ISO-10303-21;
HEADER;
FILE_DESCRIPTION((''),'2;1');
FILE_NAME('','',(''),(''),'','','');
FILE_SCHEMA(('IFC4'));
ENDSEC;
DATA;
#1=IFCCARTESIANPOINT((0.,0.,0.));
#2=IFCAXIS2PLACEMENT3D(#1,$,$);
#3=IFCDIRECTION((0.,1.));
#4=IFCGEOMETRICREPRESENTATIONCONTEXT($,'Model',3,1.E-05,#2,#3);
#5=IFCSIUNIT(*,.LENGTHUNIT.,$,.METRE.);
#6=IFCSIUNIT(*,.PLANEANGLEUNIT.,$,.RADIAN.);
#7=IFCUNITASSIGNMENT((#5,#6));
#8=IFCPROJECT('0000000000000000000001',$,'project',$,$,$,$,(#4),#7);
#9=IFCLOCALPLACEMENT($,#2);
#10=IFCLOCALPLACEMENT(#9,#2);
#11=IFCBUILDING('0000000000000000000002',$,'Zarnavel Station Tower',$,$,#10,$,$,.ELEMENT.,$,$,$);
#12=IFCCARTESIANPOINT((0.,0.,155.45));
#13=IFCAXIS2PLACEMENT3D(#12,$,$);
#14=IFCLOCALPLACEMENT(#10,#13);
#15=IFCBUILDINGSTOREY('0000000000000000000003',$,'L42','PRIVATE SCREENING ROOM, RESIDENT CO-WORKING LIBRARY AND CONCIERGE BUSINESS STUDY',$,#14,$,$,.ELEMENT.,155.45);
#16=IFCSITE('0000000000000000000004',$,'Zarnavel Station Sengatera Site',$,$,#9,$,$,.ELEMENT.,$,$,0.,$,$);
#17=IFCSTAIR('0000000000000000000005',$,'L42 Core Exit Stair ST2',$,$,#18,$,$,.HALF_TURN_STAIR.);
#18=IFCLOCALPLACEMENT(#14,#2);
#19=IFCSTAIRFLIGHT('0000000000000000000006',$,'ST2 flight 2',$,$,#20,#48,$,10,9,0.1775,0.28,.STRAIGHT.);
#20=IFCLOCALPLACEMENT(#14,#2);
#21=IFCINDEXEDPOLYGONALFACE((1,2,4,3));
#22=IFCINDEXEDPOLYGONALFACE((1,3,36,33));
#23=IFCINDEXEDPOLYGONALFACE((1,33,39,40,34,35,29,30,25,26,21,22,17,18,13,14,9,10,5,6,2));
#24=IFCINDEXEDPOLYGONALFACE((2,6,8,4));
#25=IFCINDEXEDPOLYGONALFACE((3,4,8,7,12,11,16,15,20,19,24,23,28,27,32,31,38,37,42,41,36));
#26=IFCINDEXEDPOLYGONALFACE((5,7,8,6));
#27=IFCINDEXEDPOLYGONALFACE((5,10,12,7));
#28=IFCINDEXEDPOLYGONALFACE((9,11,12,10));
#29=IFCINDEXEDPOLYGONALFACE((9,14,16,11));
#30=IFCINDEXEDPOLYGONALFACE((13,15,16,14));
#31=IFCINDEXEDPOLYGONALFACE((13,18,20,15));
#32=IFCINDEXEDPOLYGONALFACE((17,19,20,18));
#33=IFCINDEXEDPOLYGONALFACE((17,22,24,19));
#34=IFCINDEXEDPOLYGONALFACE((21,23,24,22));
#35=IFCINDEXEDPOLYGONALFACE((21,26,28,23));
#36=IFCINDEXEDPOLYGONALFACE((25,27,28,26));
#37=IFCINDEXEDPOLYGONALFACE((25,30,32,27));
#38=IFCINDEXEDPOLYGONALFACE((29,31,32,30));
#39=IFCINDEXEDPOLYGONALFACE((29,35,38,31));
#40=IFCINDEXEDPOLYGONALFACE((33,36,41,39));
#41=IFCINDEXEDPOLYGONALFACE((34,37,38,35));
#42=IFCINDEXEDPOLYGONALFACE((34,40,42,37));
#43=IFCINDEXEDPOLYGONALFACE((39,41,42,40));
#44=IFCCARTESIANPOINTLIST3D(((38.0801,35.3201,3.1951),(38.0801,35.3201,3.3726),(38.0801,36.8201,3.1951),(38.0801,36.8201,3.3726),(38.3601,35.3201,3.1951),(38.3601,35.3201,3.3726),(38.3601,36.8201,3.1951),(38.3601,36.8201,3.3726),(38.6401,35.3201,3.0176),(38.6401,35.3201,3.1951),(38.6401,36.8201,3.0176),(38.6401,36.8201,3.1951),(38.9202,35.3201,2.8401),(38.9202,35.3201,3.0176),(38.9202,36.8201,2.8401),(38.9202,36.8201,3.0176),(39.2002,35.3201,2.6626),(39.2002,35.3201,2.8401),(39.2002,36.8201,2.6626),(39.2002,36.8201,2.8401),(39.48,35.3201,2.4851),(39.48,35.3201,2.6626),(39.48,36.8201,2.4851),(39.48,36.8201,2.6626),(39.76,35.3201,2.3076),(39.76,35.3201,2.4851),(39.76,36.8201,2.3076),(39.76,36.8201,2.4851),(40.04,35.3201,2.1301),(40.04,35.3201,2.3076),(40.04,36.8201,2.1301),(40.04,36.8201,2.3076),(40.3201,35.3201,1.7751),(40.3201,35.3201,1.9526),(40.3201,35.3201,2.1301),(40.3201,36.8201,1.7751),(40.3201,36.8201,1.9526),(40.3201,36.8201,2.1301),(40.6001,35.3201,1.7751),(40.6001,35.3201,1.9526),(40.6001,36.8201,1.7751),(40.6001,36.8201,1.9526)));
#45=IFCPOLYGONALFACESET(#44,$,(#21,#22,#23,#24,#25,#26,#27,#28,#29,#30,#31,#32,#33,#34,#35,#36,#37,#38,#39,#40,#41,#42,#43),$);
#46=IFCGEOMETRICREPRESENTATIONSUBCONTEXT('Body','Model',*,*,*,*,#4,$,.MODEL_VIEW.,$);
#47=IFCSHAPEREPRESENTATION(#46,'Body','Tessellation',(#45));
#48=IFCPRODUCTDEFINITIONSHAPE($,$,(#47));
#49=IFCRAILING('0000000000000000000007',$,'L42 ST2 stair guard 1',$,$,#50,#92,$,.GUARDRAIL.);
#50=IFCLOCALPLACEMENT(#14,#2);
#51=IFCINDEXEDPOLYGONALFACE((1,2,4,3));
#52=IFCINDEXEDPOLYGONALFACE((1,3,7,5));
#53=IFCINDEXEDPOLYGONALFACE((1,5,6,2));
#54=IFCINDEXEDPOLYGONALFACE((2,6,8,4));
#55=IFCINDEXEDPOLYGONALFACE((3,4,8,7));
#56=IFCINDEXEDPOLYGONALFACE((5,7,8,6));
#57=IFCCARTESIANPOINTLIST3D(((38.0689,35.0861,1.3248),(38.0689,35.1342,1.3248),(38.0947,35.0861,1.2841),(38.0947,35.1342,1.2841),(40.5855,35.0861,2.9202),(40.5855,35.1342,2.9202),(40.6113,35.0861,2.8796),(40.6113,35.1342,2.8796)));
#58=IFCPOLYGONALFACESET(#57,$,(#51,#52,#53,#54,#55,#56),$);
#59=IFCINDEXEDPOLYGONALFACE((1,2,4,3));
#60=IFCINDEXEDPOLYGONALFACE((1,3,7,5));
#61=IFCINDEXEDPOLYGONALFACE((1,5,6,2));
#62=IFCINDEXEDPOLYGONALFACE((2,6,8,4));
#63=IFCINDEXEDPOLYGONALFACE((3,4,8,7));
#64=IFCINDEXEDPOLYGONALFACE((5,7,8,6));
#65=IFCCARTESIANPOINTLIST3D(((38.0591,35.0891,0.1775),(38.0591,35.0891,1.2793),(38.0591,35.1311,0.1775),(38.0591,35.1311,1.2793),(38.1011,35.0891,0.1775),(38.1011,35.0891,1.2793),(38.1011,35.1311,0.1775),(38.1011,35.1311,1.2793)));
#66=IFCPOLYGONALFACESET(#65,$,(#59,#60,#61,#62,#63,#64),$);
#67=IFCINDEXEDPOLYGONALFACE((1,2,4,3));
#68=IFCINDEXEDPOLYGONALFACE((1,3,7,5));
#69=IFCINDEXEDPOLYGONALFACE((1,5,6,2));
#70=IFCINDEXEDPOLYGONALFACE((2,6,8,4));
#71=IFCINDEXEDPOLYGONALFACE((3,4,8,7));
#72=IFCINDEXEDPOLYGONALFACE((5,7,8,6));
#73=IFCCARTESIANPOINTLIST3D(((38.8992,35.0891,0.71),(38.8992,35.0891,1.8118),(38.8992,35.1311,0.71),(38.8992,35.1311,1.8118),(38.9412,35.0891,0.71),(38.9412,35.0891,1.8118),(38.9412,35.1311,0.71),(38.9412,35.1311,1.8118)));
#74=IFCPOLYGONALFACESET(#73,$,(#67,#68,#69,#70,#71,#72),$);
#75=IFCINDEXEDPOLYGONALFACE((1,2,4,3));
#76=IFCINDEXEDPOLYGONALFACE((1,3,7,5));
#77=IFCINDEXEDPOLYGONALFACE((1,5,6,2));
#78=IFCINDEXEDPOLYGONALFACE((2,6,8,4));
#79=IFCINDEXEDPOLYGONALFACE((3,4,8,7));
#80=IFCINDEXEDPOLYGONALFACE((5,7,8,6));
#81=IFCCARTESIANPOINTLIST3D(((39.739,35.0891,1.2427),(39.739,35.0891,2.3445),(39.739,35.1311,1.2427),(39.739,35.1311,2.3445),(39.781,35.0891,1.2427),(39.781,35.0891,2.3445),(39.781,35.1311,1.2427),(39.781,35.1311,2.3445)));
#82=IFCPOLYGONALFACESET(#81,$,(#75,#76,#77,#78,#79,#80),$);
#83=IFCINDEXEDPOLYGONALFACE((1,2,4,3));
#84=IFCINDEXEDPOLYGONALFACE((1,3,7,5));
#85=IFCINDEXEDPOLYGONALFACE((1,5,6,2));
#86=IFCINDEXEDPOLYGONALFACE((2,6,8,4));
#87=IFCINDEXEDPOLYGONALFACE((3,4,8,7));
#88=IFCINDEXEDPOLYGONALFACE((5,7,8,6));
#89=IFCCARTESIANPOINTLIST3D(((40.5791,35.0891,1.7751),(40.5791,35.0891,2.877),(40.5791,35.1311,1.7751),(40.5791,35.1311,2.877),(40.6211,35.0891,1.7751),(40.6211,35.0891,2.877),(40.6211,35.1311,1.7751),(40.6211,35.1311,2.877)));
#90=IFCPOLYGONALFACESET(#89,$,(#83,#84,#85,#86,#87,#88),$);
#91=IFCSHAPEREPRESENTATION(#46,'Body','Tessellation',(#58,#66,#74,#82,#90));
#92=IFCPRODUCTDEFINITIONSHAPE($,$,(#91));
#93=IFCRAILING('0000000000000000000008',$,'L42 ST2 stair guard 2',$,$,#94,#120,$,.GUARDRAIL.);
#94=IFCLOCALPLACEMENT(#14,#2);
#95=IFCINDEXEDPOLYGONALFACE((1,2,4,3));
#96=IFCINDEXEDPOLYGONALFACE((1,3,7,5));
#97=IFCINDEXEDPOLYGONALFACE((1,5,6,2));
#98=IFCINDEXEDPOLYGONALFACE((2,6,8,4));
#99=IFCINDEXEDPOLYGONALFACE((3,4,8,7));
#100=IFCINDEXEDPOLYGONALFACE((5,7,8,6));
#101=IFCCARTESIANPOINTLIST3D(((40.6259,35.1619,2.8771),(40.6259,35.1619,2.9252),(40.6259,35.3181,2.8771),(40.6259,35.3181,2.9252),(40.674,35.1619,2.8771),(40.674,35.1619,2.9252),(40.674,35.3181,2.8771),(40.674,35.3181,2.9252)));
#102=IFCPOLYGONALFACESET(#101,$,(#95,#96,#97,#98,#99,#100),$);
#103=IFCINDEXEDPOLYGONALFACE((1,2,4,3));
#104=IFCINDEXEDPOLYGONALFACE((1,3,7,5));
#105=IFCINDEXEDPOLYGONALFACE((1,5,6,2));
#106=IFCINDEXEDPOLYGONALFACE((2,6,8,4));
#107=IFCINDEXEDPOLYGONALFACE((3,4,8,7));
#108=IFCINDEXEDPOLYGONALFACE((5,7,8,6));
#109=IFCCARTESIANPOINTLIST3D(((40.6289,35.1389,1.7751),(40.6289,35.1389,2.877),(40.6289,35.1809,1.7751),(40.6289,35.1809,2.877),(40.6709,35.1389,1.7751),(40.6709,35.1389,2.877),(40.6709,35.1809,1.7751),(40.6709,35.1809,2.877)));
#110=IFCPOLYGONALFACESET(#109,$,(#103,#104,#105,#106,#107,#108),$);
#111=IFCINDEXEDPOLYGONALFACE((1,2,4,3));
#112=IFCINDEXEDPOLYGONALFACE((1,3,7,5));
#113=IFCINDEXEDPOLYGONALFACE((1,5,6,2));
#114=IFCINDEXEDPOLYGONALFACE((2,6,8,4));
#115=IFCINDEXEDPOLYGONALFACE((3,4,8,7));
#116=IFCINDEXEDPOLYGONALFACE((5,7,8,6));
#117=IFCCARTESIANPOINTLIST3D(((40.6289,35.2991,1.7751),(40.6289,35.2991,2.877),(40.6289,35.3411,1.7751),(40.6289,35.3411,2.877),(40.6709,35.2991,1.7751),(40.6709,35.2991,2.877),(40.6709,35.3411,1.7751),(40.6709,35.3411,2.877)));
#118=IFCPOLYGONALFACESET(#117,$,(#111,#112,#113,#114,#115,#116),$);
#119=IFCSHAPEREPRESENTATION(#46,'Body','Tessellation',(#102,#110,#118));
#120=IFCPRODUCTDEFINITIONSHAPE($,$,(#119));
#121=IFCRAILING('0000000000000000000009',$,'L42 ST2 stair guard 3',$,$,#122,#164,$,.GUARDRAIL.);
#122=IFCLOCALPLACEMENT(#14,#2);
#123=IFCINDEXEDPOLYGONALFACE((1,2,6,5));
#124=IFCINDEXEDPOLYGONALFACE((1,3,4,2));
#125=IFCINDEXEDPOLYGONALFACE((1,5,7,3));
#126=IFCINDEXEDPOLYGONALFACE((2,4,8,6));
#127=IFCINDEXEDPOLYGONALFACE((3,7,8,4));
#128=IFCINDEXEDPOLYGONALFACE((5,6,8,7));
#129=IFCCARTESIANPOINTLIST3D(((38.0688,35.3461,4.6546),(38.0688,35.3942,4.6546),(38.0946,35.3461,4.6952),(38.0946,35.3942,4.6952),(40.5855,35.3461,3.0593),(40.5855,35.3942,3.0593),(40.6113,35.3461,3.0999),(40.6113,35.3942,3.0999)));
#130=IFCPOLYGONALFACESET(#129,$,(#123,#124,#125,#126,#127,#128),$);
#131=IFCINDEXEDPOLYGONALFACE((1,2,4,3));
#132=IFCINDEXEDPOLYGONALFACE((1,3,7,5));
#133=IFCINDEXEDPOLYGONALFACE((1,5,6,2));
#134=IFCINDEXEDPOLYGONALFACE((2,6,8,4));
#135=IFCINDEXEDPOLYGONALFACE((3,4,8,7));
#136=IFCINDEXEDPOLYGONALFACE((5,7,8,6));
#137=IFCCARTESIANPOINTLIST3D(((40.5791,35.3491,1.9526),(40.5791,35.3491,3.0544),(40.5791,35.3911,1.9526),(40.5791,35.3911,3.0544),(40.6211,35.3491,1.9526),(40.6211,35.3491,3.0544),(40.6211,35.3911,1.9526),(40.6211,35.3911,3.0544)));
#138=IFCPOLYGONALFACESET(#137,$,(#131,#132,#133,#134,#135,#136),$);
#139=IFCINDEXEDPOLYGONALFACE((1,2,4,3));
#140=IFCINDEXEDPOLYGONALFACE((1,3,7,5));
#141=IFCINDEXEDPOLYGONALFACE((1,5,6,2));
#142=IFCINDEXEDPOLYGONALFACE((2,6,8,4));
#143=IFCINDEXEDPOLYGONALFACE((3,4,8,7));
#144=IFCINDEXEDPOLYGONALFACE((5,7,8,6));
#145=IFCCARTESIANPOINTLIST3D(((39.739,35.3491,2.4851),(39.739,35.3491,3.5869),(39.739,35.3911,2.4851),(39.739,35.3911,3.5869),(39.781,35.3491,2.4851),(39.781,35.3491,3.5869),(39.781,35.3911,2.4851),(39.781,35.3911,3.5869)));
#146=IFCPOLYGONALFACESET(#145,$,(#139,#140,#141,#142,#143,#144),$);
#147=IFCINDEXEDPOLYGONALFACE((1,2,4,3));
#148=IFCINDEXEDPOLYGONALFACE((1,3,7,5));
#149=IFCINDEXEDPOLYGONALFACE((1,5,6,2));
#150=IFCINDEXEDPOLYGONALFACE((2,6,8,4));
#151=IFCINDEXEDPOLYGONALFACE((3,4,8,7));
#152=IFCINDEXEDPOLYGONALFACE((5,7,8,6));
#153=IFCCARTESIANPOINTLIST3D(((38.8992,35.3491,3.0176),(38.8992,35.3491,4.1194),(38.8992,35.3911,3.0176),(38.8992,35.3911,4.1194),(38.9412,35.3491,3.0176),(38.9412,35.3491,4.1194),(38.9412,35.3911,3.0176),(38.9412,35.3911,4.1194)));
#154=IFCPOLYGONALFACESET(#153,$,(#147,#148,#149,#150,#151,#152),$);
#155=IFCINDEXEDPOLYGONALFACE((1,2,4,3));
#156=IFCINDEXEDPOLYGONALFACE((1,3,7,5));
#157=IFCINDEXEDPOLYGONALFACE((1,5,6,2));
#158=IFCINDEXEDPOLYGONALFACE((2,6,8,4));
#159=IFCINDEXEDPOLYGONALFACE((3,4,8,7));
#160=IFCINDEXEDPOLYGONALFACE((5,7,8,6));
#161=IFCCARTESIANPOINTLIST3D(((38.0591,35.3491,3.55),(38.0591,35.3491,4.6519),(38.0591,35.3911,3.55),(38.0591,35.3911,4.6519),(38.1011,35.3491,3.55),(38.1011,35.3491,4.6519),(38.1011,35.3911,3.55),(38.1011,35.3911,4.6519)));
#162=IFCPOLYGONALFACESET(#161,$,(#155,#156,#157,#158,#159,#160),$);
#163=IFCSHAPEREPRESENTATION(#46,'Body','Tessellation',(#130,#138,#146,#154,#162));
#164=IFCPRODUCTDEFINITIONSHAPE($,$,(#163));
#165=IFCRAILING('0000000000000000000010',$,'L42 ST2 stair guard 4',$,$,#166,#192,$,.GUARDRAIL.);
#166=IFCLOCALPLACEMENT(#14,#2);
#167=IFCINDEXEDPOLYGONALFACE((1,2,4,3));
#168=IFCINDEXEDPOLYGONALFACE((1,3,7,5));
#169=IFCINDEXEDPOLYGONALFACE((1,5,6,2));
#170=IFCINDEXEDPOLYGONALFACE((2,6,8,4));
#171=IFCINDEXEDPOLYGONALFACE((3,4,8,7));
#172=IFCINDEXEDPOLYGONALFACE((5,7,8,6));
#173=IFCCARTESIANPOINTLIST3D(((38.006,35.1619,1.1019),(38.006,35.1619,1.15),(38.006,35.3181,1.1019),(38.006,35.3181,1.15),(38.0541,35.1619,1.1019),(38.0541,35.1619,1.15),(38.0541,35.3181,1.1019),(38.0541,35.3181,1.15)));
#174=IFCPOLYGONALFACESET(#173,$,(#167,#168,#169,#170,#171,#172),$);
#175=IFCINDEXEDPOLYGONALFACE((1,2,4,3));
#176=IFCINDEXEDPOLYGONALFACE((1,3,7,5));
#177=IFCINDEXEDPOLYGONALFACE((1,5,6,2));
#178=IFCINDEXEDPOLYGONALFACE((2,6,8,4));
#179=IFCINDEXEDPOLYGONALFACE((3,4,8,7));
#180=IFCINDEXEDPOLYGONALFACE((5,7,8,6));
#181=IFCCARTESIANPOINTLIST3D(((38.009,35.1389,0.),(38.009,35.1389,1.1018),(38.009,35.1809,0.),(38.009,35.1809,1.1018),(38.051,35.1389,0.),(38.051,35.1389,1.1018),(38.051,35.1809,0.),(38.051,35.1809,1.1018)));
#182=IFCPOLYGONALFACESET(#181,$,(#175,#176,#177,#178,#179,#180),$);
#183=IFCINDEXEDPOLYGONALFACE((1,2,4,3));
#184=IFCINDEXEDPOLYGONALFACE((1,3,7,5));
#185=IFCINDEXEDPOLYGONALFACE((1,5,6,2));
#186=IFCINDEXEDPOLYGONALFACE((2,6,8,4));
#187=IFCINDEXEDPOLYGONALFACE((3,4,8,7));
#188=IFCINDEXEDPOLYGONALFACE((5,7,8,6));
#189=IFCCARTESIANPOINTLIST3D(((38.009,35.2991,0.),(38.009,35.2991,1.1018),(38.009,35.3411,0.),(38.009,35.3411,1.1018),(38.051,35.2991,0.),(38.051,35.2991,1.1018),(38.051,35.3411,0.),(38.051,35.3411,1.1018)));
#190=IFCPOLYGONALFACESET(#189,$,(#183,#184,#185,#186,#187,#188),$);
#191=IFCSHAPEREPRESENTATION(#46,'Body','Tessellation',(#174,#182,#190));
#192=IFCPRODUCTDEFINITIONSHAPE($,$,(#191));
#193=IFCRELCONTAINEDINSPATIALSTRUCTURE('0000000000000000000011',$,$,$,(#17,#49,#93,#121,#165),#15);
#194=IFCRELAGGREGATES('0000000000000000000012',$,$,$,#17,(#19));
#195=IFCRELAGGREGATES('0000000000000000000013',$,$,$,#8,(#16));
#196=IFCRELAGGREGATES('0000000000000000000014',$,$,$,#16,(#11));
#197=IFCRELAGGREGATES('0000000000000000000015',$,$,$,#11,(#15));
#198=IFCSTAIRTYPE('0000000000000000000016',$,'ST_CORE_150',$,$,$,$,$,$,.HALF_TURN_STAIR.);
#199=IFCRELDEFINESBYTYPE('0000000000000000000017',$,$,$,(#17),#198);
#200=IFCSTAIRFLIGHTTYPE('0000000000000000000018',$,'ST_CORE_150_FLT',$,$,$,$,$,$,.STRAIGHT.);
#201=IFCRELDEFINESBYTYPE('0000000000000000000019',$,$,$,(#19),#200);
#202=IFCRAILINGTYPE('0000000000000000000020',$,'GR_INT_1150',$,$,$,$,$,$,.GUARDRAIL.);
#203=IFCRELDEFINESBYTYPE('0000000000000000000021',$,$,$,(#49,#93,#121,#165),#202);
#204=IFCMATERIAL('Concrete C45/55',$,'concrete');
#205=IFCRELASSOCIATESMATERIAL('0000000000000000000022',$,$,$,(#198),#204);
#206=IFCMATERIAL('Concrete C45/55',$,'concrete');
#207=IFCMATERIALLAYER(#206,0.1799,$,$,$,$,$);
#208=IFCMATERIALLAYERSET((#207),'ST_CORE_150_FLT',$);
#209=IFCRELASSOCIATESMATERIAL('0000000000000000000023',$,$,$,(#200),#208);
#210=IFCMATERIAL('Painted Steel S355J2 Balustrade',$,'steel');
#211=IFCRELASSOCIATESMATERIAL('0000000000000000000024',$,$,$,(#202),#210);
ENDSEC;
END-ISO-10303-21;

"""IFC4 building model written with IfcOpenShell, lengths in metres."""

from ifc_helpers import new_model, si_unit, direction, frame, origin, origin_2d, place, context, subcontext, project, spatial, polyline, rectangle, outline, extrude, material, layer, layer_set, type_object, element, aggregate, save


model = new_model("IFC4")

# Units and contexts
model_context = context("Model", 3, precision=1e-05, world=origin(), true_north=direction((0.0, 1.0)))
body_context = subcontext(model_context, "Body", "Model", "MODEL_VIEW")
ifc_project = project(units=[si_unit("LENGTHUNIT", "METRE"), si_unit("PLANEANGLEUNIT", "RADIAN")], contexts=[model_context])

# Site, building, storey
site_placement = place(None, origin())
site = spatial("IfcSite", under=ifc_project, at=site_placement, Name="Zarnavel Station Sengatera Site", CompositionType="ELEMENT", RefElevation=0.0)
building_placement = place(site_placement, origin())
building = spatial("IfcBuilding", under=site, at=building_placement, Name="Zarnavel Station Tower", CompositionType="ELEMENT")
storey_placement = place(building_placement, frame((0.0, 0.0, 155.45)))
storey = spatial("IfcBuildingStorey", under=building, at=storey_placement, Name="L42", Description="PRIVATE SCREENING ROOM, RESIDENT CO-WORKING LIBRARY AND CONCIERGE BUSINESS STUDY", CompositionType="ELEMENT", Elevation=155.45)

# Stair, stair flight
ifc_material_1 = material(Name="Concrete C45/55", Category="concrete")
stair_type = type_object("IfcStairType", Name="ST_CORE_150", PredefinedType="HALF_TURN_STAIR", material=ifc_material_1)
stair_placement = place(storey_placement, origin())
stair = element("IfcStair", 1, at=stair_placement, inside=storey, type_object=stair_type, Name="L42 Core Exit Stair ST2", PredefinedType="HALF_TURN_STAIR")
ifc_material_2 = material(Name="Concrete C45/55", Category="concrete")
ifc_layer_1 = layer(ifc_material_2, 0.1799)
ifc_layer_set_1 = layer_set([ifc_layer_1], Name="ST_CORE_150_FLT")
stair_flight_type = type_object("IfcStairFlightType", Name="ST_CORE_150_FLT", PredefinedType="STRAIGHT", material=ifc_layer_set_1)
stair_flight_1_placement = place(storey_placement, frame((40.6001, 36.0701, 1.7751), z_axis=(0.0, 0.0, 1.0), x_axis=(-1.0, 0.0, 0.0)))
stair_flight_1 = element("IfcStairFlight", 2, at=stair_flight_1_placement, type_object=stair_flight_type, Name="ST2 flight 2", NumberOfRisers=10, NumberOfTreads=9, PredefinedType="STRAIGHT", RiserHeight=0.1775, TreadLength=0.28, context=body_context, shape_type="SweptSolid", body=[
    extrude(outline(polyline([(0.0, 0.0), (0.0, 0.1775), (0.28, 0.1775), (0.28, 0.355), (0.5601, 0.355), (0.5601, 0.5325), (0.8401, 0.5325), (0.8401, 0.71), (1.1201, 0.71), (1.1201, 0.8875), (1.3999, 0.8875), (1.3999, 1.0649), (1.6799, 1.0649), (1.6799, 1.2424), (1.96, 1.2424), (1.96, 1.4199), (2.24, 1.4199), (2.24, 1.5974), (2.52, 1.5974), (2.52, 1.7749), (2.52, 1.4199), (0.28, 0.0), (0.0, 0.0)])), frame((0.0, 0.75, 0.0), z_axis=(0.0, -1.0, 0.0), x_axis=(1.0, 0.0, 0.0)), (0.0, 0.0, 1.0), 1.5),
])
aggregate(stair, [stair_flight_1])

# Railings
ifc_material_3 = material(Name="Painted Steel S355J2 Balustrade", Category="steel")
railing_type_1 = type_object("IfcRailingType", Name="GR_INT_1150", PredefinedType="GUARDRAIL", material=ifc_material_3)
railing_1_placement = place(storey_placement, frame((38.0801, 35.1101, 0.1775)))
element("IfcRailing", 3, at=railing_1_placement, inside=storey, type_object=railing_type_1, Name="L42 ST2 stair guard 1", PredefinedType="GUARDRAIL", context=body_context, shape_type="SweptSolid", body=[
    extrude(rectangle(XDim=0.0481, YDim=0.0481, at=origin_2d()), frame((0.0017, 0.0, 1.127), z_axis=(0.84457, 0.0, 0.535445), x_axis=(0.0, 1.0, 0.0)), (0.0, 0.0, 1.0), 2.9797),
    extrude(rectangle(XDim=0.042, YDim=0.042, at=origin_2d()), origin(), (0.0, 0.0, 1.0), 1.1018),
    extrude(rectangle(XDim=0.042, YDim=0.042, at=origin_2d()), frame((0.8401, 0.0, 0.5325)), (0.0, 0.0, 1.0), 1.1018),
    extrude(rectangle(XDim=0.042, YDim=0.042, at=origin_2d()), frame((1.6799, 0.0, 1.0652)), (0.0, 0.0, 1.0), 1.1018),
    extrude(rectangle(XDim=0.042, YDim=0.042, at=origin_2d()), frame((2.52, 0.0, 1.5977)), (0.0, 0.0, 1.0), 1.1018),
])
railing_2_placement = place(storey_placement, frame((40.6499, 35.1599, 1.7751)))
element("IfcRailing", 4, at=railing_2_placement, inside=storey, type_object=railing_type_1, Name="L42 ST2 stair guard 2", PredefinedType="GUARDRAIL", context=body_context, shape_type="SweptSolid", body=[
    extrude(rectangle(XDim=0.0481, YDim=0.0481, at=origin_2d()), frame((0.0, 0.002, 1.126), z_axis=(0.0, 1.0, 0.0), x_axis=(-1.0, 0.0, 0.0)), (0.0, 0.0, 1.0), 0.1562),
    extrude(rectangle(XDim=0.042, YDim=0.042, at=origin_2d()), origin(), (0.0, 0.0, 1.0), 1.1018),
    extrude(rectangle(XDim=0.042, YDim=0.042, at=origin_2d()), frame((0.0, 0.1602, 0.0)), (0.0, 0.0, 1.0), 1.1018),
])
railing_3_placement = place(storey_placement, frame((40.6001, 35.3701, 1.9526)))
element("IfcRailing", 5, at=railing_3_placement, inside=storey, type_object=railing_type_1, Name="L42 ST2 stair guard 3", PredefinedType="GUARDRAIL", context=body_context, shape_type="SweptSolid", body=[
    extrude(rectangle(XDim=0.0481, YDim=0.0481, at=origin_2d()), frame((-0.0017, 0.0, 1.127), z_axis=(-0.844607, 0.0, 0.535387), x_axis=(0.0, -1.0, 0.0)), (0.0, 0.0, 1.0), 2.9797),
    extrude(rectangle(XDim=0.042, YDim=0.042, at=origin_2d()), origin(), (0.0, 0.0, 1.0), 1.1018),
    extrude(rectangle(XDim=0.042, YDim=0.042, at=origin_2d()), frame((-0.8401, 0.0, 0.5325)), (0.0, 0.0, 1.0), 1.1018),
    extrude(rectangle(XDim=0.042, YDim=0.042, at=origin_2d()), frame((-1.6799, 0.0, 1.0649)), (0.0, 0.0, 1.0), 1.1018),
    extrude(rectangle(XDim=0.042, YDim=0.042, at=origin_2d()), frame((-2.52, 0.0, 1.5974)), (0.0, 0.0, 1.0), 1.1018),
])
railing_4_placement = place(storey_placement, frame((38.03, 35.1599, 0.0)))
element("IfcRailing", 6, at=railing_4_placement, inside=storey, type_object=railing_type_1, Name="L42 ST2 stair guard 4", PredefinedType="GUARDRAIL", context=body_context, shape_type="SweptSolid", body=[
    extrude(rectangle(XDim=0.0481, YDim=0.0481, at=origin_2d()), frame((0.0, 0.002, 1.126), z_axis=(0.0, 1.0, 0.0), x_axis=(-1.0, 0.0, 0.0)), (0.0, 0.0, 1.0), 0.1562),
    extrude(rectangle(XDim=0.042, YDim=0.042, at=origin_2d()), origin(), (0.0, 0.0, 1.0), 1.1018),
    extrude(rectangle(XDim=0.042, YDim=0.042, at=origin_2d()), frame((0.0, 0.1602, 0.0)), (0.0, 0.0, 1.0), 1.1018),
])

save(model, "model.ifc")
